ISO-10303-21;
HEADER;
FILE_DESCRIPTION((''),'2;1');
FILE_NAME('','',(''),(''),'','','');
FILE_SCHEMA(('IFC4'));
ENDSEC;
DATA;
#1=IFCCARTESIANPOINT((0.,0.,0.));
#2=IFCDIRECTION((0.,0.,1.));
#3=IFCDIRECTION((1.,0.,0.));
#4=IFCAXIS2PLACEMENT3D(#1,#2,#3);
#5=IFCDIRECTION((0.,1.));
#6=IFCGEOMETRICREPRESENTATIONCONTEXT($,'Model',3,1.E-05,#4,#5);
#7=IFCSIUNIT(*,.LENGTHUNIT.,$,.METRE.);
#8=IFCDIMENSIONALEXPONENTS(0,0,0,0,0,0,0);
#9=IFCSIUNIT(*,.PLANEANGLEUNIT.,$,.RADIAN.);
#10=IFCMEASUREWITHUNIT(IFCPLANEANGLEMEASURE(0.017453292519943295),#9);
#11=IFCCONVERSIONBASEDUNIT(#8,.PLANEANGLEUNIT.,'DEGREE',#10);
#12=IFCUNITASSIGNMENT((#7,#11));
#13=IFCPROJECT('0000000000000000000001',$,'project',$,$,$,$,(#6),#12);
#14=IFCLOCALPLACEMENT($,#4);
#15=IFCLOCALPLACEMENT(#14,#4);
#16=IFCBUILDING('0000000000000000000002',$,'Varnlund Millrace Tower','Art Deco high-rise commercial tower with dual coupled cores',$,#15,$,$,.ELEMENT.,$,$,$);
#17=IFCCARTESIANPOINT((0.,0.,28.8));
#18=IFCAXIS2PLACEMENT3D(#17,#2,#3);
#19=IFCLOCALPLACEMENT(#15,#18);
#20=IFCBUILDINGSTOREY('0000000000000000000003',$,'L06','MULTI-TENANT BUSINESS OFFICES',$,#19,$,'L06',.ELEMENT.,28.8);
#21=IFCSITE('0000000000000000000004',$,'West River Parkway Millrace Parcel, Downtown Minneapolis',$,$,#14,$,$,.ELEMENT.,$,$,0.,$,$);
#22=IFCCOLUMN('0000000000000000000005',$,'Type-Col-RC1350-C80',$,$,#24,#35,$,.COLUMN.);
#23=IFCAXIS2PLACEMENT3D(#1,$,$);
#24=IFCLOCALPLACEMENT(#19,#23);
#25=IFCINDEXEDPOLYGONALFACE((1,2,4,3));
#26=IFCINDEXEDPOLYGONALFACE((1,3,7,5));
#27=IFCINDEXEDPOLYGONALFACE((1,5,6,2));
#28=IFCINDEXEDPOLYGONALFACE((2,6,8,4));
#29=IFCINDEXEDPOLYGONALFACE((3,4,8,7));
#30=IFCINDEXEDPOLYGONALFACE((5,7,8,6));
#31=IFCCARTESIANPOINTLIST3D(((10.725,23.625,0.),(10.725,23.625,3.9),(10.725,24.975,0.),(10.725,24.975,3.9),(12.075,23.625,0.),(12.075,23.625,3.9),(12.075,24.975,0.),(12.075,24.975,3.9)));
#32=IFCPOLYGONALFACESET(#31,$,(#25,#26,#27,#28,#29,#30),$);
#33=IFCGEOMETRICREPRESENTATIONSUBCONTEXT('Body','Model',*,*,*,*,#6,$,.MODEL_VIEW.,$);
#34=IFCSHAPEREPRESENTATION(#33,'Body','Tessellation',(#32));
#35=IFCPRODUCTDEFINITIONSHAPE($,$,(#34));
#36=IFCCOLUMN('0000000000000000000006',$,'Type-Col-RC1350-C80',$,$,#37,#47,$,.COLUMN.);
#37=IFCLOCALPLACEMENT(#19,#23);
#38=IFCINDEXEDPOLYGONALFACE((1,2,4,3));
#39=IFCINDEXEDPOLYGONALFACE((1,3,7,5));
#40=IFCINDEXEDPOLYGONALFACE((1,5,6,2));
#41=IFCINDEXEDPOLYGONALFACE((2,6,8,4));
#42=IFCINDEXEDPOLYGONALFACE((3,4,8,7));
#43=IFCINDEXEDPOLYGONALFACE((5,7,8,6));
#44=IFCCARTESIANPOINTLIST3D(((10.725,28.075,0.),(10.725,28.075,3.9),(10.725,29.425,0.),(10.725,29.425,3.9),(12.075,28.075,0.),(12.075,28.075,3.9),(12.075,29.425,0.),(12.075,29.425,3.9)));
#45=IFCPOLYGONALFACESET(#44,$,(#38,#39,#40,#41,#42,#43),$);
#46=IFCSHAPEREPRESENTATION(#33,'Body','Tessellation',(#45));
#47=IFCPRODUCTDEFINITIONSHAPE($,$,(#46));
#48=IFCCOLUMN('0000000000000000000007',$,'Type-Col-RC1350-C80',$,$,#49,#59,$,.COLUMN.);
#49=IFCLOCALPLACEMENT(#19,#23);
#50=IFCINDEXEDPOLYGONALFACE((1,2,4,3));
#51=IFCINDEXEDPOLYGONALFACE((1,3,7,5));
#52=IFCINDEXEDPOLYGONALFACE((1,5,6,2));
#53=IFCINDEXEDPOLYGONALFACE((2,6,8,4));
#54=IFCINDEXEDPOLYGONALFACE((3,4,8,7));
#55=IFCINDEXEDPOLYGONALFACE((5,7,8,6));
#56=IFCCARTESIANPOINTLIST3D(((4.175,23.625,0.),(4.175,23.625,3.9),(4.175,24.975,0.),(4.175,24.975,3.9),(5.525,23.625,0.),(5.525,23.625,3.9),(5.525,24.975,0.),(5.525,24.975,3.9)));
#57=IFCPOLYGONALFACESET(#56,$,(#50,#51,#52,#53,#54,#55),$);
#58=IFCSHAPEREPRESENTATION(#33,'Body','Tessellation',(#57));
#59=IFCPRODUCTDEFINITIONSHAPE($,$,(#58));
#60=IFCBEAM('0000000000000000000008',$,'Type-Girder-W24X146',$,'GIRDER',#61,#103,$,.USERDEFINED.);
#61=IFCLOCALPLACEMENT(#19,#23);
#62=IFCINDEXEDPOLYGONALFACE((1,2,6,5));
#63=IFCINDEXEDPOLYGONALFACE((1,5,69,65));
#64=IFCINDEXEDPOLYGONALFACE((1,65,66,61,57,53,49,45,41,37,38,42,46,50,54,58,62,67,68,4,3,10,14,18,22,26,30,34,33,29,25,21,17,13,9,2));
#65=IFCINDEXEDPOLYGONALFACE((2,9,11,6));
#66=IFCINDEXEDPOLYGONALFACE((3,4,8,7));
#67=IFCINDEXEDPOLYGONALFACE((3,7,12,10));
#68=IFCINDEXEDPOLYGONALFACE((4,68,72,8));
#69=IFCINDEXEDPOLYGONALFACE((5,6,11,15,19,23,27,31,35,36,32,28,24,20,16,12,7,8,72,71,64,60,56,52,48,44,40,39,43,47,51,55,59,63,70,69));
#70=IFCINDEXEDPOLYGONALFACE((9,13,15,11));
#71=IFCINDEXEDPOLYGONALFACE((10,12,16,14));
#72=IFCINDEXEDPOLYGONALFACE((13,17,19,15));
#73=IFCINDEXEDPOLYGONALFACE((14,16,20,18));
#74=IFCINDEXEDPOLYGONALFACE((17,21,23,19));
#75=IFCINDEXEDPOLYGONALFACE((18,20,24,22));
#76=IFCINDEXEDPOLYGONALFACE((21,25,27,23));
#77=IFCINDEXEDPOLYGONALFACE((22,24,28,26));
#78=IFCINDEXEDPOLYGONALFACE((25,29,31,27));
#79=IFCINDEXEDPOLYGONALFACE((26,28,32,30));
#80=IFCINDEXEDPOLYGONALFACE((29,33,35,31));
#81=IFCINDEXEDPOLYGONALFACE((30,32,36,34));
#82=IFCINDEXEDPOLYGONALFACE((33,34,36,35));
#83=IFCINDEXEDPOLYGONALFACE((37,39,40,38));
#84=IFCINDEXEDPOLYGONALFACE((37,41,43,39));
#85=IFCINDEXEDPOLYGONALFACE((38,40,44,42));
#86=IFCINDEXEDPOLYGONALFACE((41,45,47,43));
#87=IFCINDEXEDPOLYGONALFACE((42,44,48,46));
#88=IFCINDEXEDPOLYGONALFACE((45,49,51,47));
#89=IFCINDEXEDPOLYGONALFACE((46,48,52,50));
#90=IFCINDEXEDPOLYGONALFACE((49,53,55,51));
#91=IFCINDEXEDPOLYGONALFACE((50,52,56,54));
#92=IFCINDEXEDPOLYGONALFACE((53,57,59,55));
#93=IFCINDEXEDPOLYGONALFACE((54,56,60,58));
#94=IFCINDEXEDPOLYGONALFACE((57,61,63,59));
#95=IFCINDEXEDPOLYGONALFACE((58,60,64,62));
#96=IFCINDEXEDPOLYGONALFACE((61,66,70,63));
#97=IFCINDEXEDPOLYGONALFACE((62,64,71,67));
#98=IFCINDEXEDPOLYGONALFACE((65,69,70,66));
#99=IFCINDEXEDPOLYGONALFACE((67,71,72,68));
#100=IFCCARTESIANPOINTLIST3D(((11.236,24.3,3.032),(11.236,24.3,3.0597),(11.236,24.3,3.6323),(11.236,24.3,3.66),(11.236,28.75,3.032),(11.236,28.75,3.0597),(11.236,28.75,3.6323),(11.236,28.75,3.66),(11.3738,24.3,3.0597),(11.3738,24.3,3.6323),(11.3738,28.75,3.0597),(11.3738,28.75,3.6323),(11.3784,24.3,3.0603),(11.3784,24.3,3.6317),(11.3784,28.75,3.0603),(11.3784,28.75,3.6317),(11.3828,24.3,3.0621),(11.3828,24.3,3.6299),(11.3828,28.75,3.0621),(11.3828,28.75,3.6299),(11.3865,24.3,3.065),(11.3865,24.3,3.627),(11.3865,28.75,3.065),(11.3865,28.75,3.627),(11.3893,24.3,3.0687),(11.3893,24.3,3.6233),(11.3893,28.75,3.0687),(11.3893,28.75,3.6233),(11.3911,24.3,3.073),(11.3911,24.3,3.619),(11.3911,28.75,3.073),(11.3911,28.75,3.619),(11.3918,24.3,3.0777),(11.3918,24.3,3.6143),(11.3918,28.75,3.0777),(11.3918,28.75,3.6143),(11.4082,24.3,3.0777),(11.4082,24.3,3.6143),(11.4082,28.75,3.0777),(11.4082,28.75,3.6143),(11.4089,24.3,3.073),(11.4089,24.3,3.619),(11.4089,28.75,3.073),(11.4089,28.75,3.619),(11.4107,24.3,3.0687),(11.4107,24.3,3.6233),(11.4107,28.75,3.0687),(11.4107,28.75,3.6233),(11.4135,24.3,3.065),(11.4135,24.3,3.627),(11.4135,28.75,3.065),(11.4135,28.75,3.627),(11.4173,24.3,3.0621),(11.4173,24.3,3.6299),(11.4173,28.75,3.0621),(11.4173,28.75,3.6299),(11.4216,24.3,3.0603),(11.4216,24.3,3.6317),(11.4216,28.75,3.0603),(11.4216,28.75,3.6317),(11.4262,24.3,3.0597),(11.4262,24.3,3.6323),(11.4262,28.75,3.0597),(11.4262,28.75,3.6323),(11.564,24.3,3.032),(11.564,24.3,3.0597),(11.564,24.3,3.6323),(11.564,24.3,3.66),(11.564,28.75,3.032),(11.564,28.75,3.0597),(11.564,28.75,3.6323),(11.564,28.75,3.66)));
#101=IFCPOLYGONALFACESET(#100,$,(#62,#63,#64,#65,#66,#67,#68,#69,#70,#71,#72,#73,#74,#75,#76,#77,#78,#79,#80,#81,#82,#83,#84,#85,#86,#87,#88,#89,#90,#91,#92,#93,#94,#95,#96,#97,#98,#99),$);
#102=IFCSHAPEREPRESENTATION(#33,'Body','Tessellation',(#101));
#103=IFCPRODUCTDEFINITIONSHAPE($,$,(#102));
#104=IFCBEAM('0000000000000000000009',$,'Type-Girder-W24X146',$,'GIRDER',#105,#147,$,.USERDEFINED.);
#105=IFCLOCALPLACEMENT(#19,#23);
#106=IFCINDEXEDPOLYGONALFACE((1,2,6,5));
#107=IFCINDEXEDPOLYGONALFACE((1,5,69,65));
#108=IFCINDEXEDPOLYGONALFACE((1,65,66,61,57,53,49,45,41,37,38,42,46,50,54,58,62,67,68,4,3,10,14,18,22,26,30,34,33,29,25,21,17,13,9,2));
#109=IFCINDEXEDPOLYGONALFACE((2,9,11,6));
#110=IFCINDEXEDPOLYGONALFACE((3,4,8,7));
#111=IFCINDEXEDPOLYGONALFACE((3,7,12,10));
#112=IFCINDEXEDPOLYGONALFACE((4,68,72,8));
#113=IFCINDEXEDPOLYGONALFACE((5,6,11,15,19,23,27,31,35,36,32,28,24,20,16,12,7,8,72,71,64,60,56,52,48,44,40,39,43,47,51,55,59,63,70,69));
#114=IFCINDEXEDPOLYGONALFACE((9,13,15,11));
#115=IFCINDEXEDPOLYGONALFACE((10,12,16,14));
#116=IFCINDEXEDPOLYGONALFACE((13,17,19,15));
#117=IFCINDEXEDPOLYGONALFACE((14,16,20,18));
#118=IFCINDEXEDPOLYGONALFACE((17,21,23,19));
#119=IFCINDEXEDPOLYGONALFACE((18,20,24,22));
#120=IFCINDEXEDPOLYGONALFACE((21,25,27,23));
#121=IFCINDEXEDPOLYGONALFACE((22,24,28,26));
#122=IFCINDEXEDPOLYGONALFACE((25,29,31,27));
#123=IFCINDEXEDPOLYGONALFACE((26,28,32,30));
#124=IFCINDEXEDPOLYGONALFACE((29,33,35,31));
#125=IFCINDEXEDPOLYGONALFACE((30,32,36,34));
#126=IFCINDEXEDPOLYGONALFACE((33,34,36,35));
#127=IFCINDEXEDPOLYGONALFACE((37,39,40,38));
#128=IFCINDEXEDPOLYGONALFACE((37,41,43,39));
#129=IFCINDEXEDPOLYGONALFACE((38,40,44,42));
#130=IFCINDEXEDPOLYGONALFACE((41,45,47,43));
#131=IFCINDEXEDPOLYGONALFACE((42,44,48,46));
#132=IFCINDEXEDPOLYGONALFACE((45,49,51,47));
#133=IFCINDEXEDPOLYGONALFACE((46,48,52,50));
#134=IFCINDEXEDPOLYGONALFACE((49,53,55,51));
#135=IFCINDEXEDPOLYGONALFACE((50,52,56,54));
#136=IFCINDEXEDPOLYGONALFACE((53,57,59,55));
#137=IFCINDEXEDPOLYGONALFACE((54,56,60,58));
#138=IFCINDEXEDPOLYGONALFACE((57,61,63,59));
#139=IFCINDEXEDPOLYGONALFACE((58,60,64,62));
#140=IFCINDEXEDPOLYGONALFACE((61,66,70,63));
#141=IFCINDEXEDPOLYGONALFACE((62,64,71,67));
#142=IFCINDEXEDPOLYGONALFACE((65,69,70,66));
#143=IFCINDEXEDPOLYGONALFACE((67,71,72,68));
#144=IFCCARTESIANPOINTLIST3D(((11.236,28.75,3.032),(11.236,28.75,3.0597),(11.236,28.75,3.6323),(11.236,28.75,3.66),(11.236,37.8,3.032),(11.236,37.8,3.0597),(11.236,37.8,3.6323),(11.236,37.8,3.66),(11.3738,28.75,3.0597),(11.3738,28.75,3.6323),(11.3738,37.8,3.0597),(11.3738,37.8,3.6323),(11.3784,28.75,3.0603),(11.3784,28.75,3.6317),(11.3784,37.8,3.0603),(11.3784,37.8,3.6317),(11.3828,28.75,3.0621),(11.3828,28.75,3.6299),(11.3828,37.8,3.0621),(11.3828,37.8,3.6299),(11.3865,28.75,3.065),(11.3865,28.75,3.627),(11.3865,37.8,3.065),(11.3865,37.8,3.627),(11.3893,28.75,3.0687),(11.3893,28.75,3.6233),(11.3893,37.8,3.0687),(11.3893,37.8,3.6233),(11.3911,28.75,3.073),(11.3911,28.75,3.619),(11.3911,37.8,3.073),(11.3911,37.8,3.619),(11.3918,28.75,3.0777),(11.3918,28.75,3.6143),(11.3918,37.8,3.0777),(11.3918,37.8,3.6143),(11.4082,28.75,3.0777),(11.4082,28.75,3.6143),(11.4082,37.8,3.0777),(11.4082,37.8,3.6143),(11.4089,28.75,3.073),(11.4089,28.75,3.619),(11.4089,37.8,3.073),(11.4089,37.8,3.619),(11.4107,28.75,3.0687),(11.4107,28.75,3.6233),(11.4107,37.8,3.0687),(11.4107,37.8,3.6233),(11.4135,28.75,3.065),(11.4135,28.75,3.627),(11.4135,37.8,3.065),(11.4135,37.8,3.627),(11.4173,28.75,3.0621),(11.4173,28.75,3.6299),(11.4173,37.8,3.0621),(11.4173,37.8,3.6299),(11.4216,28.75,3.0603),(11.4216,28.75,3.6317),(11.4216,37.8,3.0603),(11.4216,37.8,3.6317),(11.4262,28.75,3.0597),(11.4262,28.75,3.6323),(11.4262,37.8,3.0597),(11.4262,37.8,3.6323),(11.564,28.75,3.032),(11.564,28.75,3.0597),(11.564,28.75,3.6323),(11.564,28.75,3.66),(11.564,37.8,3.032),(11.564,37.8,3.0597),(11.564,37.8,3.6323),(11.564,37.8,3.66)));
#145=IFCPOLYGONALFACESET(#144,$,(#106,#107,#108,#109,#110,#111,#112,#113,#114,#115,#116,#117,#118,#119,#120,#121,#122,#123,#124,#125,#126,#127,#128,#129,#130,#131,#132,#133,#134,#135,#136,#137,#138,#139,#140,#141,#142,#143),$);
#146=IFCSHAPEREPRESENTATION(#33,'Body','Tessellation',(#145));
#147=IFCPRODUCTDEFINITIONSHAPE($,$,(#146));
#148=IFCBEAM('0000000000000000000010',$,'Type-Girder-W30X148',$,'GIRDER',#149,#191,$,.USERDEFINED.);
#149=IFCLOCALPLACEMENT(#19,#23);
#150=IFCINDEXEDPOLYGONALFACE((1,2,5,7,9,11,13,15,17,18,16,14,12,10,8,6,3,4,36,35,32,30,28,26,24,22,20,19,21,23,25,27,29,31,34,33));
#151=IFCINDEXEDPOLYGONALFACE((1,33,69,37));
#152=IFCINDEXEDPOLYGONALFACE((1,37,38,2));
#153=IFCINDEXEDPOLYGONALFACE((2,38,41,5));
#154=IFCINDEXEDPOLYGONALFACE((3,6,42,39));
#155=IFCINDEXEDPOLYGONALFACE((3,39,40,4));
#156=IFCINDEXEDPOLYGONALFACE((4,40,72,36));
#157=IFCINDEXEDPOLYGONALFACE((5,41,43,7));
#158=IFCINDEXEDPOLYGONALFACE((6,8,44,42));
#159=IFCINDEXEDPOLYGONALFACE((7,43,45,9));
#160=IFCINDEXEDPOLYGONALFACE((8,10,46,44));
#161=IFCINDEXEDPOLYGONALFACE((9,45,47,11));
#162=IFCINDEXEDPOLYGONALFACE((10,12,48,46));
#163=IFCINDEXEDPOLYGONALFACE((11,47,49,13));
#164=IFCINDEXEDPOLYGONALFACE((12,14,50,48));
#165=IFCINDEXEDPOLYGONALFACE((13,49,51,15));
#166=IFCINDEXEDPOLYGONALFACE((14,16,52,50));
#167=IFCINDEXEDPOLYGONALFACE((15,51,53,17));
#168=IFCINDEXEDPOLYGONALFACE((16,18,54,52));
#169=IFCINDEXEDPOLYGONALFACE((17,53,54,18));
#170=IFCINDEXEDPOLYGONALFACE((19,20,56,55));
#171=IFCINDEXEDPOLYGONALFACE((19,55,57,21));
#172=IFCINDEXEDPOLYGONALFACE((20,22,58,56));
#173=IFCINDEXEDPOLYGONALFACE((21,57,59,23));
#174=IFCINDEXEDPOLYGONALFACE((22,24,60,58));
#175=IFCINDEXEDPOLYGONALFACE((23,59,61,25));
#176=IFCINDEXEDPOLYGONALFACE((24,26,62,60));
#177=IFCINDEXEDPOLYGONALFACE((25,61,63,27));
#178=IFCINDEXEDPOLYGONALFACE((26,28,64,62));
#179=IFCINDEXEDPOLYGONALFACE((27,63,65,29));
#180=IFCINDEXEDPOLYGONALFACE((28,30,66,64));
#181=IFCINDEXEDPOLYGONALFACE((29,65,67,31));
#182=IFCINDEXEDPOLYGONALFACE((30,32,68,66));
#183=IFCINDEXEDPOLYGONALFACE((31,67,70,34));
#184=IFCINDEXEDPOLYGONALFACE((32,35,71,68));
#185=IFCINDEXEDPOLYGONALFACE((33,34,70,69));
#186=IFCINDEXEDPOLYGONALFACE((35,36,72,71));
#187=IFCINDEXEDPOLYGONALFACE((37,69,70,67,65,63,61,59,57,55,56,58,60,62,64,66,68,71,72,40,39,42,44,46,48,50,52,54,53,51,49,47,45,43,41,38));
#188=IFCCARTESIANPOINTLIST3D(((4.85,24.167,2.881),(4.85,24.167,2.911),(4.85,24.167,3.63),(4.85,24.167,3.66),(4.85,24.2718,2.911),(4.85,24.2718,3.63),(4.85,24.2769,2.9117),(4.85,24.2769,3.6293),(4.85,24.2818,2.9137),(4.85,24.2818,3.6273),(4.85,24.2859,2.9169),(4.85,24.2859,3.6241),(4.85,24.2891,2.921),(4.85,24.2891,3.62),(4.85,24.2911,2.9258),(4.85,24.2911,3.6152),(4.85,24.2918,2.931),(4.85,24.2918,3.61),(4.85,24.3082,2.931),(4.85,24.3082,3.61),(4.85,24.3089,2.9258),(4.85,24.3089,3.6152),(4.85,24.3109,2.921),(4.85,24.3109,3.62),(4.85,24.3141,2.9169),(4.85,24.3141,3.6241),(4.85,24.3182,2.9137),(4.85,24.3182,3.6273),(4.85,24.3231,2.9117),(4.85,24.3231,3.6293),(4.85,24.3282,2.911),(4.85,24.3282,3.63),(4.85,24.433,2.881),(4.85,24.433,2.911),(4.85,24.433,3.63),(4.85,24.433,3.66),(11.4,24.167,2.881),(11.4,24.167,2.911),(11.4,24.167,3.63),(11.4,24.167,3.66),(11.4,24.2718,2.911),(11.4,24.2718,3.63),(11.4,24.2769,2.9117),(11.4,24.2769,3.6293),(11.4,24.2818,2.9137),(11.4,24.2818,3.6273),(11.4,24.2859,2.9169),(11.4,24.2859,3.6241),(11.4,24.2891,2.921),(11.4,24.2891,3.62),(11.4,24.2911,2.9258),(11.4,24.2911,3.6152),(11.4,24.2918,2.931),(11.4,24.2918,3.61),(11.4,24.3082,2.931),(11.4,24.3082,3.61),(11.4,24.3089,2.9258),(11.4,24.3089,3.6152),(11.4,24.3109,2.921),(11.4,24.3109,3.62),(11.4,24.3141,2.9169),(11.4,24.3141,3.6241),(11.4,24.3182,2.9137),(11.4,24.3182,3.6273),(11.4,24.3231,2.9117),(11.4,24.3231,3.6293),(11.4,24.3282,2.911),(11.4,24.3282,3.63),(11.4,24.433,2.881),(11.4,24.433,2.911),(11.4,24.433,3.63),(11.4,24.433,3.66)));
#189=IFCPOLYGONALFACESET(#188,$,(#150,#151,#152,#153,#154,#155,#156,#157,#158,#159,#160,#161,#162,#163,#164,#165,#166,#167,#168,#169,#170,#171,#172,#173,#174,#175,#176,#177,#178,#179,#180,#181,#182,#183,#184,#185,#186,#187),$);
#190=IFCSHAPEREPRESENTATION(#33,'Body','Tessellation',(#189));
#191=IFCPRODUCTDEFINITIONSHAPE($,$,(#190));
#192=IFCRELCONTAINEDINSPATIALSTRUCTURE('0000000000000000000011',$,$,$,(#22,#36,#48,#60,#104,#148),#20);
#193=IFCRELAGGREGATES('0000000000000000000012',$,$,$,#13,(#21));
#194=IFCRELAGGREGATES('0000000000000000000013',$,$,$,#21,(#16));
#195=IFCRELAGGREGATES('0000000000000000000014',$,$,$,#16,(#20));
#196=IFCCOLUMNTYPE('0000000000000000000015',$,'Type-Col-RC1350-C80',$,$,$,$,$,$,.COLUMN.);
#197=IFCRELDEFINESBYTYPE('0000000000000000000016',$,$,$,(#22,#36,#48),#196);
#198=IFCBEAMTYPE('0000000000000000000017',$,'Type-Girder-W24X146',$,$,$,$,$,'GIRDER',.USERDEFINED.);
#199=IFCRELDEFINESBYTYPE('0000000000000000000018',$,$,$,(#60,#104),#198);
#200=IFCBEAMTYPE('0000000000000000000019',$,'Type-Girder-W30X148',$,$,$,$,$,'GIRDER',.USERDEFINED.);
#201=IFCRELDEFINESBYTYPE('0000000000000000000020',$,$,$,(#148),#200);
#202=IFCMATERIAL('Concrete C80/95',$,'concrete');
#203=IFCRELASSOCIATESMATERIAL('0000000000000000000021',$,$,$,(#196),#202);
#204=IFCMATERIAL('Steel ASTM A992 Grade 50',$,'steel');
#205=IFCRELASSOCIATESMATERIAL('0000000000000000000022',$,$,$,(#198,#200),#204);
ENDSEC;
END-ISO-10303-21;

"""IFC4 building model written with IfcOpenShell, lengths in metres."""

from ifc_helpers import new_model, entity, si_unit, converted_unit, direction, frame, origin_with_axes, origin_2d_with_axis, place, context, subcontext, project, spatial, rectangle, i_section, extrude, material, material_profile, profile_set, type_object, element, save


model = new_model("IFC4")

# Units and contexts
model_context = context("Model", 3, precision=1e-05, world=origin_with_axes(), true_north=direction((0.0, 1.0)))
body_context = subcontext(model_context, "Body", "Model", "MODEL_VIEW")
ifc_project = project(units=[si_unit("LENGTHUNIT", "METRE"), converted_unit("PLANEANGLEUNIT", "DEGREE", entity("IfcPlaneAngleMeasure", 0.017453292519943295), si_unit("PLANEANGLEUNIT", "RADIAN"), dimensions=[0, 0, 0, 0, 0, 0, 0])], contexts=[model_context])

# Site, building, storey
site_placement = place(None, origin_with_axes())
site = spatial("IfcSite", under=ifc_project, at=site_placement, Name="West River Parkway Millrace Parcel, Downtown Minneapolis", CompositionType="ELEMENT", RefElevation=0.0)
building_placement = place(site_placement, origin_with_axes())
building = spatial("IfcBuilding", under=site, at=building_placement, Name="Varnlund Millrace Tower", Description="Art Deco high-rise commercial tower with dual coupled cores", CompositionType="ELEMENT")
storey_placement = place(building_placement, frame((0.0, 0.0, 28.8), z_axis=(0.0, 0.0, 1.0), x_axis=(1.0, 0.0, 0.0)))
storey = spatial("IfcBuildingStorey", under=building, at=storey_placement, Name="L06", Description="MULTI-TENANT BUSINESS OFFICES", LongName="L06", CompositionType="ELEMENT", Elevation=28.8)

# Columns
ifc_material_1 = material(Name="Concrete C80/95", Category="concrete")
ifc_material_profile_1 = material_profile(ifc_material_1, rectangle(XDim=1.35, YDim=1.35, at=origin_2d_with_axis()), Name="Concrete C80/95")
ifc_profile_set_1 = profile_set([ifc_material_profile_1], Name="Concrete C80/95")
column_type = type_object("IfcColumnType", Name="Type-Col-RC1350-C80", PredefinedType="COLUMN", material=ifc_profile_set_1)
for number, where, z_axis, x_axis, name in (
    (1, (11.4, 24.3, 0.0), (0.0, 0.0, 1.0), (1.0, 0.0, 0.0), "Type-Col-RC1350-C80"),
    (2, (11.4, 28.75, 0.0), (0.0, 0.0, 1.0), (1.0, 0.0, 0.0), "Type-Col-RC1350-C80"),
    (3, (4.85, 24.3, 0.0), (0.0, 0.0, 1.0), (1.0, 0.0, 0.0), "Type-Col-RC1350-C80"),
):
    element("IfcColumn", number, at=place(storey_placement, frame(where, z_axis=z_axis, x_axis=x_axis)), inside=storey, type_object=column_type, Name=name, PredefinedType="COLUMN", context=body_context, shape_type="SweptSolid", body=[
        extrude(rectangle(XDim=1.35, YDim=1.35, at=origin_2d_with_axis()), origin_with_axes(), (0.0, 0.0, 1.0), 3.9),
    ])

# Beams
ifc_material_2 = material(Name="Steel ASTM A992 Grade 50", Category="steel")
ifc_material_profile_2 = material_profile(ifc_material_2, i_section(OverallWidth=0.328, OverallDepth=0.628, WebThickness=0.0165, FlangeThickness=0.0277, FilletRadius=0.018, at=origin_2d_with_axis()), Name="Steel ASTM A992 Grade 50")
ifc_profile_set_2 = profile_set([ifc_material_profile_2], Name="Steel ASTM A992 Grade 50")
beam_type_1 = type_object("IfcBeamType", Name="Type-Girder-W24X146", ElementType="GIRDER", PredefinedType="USERDEFINED", material=ifc_profile_set_2)
beam_1_placement = place(storey_placement, frame((11.4, 24.3, 3.346), z_axis=(0.0, 1.0, 0.0), x_axis=(-1.0, 0.0, 0.0)))
element("IfcBeam", 4, at=beam_1_placement, inside=storey, type_object=beam_type_1, Name="Type-Girder-W24X146", ObjectType="GIRDER", PredefinedType="USERDEFINED", context=body_context, shape_type="SweptSolid", body=[
    extrude(i_section(OverallWidth=0.328, OverallDepth=0.628, WebThickness=0.0165, FlangeThickness=0.0277, FilletRadius=0.018, at=origin_2d_with_axis()), origin_with_axes(), (0.0, 0.0, 1.0), 4.45),
])
beam_2_placement = place(storey_placement, frame((11.4, 28.75, 3.346), z_axis=(0.0, 1.0, 0.0), x_axis=(-1.0, 0.0, 0.0)))
element("IfcBeam", 5, at=beam_2_placement, inside=storey, type_object=beam_type_1, Name="Type-Girder-W24X146", ObjectType="GIRDER", PredefinedType="USERDEFINED", context=body_context, shape_type="SweptSolid", body=[
    extrude(i_section(OverallWidth=0.328, OverallDepth=0.628, WebThickness=0.0165, FlangeThickness=0.0277, FilletRadius=0.018, at=origin_2d_with_axis()), origin_with_axes(), (0.0, 0.0, 1.0), 9.05),
])
ifc_material_profile_3 = material_profile(ifc_material_2, i_section(OverallWidth=0.266, OverallDepth=0.779, WebThickness=0.0165, FlangeThickness=0.03, FilletRadius=0.02, at=origin_2d_with_axis()), Name="Steel ASTM A992 Grade 50")
ifc_profile_set_3 = profile_set([ifc_material_profile_3], Name="Steel ASTM A992 Grade 50")
beam_type_2 = type_object("IfcBeamType", Name="Type-Girder-W30X148", ElementType="GIRDER", PredefinedType="USERDEFINED", material=ifc_profile_set_3)
beam_3_placement = place(storey_placement, frame((4.85, 24.3, 3.2705), z_axis=(1.0, 0.0, 0.0), x_axis=(0.0, 1.0, 0.0)))
element("IfcBeam", 6, at=beam_3_placement, inside=storey, type_object=beam_type_2, Name="Type-Girder-W30X148", ObjectType="GIRDER", PredefinedType="USERDEFINED", context=body_context, shape_type="SweptSolid", body=[
    extrude(i_section(OverallWidth=0.266, OverallDepth=0.779, WebThickness=0.0165, FlangeThickness=0.03, FilletRadius=0.02, at=origin_2d_with_axis()), origin_with_axes(), (0.0, 0.0, 1.0), 6.55),
])

save(model, "model.ifc")
